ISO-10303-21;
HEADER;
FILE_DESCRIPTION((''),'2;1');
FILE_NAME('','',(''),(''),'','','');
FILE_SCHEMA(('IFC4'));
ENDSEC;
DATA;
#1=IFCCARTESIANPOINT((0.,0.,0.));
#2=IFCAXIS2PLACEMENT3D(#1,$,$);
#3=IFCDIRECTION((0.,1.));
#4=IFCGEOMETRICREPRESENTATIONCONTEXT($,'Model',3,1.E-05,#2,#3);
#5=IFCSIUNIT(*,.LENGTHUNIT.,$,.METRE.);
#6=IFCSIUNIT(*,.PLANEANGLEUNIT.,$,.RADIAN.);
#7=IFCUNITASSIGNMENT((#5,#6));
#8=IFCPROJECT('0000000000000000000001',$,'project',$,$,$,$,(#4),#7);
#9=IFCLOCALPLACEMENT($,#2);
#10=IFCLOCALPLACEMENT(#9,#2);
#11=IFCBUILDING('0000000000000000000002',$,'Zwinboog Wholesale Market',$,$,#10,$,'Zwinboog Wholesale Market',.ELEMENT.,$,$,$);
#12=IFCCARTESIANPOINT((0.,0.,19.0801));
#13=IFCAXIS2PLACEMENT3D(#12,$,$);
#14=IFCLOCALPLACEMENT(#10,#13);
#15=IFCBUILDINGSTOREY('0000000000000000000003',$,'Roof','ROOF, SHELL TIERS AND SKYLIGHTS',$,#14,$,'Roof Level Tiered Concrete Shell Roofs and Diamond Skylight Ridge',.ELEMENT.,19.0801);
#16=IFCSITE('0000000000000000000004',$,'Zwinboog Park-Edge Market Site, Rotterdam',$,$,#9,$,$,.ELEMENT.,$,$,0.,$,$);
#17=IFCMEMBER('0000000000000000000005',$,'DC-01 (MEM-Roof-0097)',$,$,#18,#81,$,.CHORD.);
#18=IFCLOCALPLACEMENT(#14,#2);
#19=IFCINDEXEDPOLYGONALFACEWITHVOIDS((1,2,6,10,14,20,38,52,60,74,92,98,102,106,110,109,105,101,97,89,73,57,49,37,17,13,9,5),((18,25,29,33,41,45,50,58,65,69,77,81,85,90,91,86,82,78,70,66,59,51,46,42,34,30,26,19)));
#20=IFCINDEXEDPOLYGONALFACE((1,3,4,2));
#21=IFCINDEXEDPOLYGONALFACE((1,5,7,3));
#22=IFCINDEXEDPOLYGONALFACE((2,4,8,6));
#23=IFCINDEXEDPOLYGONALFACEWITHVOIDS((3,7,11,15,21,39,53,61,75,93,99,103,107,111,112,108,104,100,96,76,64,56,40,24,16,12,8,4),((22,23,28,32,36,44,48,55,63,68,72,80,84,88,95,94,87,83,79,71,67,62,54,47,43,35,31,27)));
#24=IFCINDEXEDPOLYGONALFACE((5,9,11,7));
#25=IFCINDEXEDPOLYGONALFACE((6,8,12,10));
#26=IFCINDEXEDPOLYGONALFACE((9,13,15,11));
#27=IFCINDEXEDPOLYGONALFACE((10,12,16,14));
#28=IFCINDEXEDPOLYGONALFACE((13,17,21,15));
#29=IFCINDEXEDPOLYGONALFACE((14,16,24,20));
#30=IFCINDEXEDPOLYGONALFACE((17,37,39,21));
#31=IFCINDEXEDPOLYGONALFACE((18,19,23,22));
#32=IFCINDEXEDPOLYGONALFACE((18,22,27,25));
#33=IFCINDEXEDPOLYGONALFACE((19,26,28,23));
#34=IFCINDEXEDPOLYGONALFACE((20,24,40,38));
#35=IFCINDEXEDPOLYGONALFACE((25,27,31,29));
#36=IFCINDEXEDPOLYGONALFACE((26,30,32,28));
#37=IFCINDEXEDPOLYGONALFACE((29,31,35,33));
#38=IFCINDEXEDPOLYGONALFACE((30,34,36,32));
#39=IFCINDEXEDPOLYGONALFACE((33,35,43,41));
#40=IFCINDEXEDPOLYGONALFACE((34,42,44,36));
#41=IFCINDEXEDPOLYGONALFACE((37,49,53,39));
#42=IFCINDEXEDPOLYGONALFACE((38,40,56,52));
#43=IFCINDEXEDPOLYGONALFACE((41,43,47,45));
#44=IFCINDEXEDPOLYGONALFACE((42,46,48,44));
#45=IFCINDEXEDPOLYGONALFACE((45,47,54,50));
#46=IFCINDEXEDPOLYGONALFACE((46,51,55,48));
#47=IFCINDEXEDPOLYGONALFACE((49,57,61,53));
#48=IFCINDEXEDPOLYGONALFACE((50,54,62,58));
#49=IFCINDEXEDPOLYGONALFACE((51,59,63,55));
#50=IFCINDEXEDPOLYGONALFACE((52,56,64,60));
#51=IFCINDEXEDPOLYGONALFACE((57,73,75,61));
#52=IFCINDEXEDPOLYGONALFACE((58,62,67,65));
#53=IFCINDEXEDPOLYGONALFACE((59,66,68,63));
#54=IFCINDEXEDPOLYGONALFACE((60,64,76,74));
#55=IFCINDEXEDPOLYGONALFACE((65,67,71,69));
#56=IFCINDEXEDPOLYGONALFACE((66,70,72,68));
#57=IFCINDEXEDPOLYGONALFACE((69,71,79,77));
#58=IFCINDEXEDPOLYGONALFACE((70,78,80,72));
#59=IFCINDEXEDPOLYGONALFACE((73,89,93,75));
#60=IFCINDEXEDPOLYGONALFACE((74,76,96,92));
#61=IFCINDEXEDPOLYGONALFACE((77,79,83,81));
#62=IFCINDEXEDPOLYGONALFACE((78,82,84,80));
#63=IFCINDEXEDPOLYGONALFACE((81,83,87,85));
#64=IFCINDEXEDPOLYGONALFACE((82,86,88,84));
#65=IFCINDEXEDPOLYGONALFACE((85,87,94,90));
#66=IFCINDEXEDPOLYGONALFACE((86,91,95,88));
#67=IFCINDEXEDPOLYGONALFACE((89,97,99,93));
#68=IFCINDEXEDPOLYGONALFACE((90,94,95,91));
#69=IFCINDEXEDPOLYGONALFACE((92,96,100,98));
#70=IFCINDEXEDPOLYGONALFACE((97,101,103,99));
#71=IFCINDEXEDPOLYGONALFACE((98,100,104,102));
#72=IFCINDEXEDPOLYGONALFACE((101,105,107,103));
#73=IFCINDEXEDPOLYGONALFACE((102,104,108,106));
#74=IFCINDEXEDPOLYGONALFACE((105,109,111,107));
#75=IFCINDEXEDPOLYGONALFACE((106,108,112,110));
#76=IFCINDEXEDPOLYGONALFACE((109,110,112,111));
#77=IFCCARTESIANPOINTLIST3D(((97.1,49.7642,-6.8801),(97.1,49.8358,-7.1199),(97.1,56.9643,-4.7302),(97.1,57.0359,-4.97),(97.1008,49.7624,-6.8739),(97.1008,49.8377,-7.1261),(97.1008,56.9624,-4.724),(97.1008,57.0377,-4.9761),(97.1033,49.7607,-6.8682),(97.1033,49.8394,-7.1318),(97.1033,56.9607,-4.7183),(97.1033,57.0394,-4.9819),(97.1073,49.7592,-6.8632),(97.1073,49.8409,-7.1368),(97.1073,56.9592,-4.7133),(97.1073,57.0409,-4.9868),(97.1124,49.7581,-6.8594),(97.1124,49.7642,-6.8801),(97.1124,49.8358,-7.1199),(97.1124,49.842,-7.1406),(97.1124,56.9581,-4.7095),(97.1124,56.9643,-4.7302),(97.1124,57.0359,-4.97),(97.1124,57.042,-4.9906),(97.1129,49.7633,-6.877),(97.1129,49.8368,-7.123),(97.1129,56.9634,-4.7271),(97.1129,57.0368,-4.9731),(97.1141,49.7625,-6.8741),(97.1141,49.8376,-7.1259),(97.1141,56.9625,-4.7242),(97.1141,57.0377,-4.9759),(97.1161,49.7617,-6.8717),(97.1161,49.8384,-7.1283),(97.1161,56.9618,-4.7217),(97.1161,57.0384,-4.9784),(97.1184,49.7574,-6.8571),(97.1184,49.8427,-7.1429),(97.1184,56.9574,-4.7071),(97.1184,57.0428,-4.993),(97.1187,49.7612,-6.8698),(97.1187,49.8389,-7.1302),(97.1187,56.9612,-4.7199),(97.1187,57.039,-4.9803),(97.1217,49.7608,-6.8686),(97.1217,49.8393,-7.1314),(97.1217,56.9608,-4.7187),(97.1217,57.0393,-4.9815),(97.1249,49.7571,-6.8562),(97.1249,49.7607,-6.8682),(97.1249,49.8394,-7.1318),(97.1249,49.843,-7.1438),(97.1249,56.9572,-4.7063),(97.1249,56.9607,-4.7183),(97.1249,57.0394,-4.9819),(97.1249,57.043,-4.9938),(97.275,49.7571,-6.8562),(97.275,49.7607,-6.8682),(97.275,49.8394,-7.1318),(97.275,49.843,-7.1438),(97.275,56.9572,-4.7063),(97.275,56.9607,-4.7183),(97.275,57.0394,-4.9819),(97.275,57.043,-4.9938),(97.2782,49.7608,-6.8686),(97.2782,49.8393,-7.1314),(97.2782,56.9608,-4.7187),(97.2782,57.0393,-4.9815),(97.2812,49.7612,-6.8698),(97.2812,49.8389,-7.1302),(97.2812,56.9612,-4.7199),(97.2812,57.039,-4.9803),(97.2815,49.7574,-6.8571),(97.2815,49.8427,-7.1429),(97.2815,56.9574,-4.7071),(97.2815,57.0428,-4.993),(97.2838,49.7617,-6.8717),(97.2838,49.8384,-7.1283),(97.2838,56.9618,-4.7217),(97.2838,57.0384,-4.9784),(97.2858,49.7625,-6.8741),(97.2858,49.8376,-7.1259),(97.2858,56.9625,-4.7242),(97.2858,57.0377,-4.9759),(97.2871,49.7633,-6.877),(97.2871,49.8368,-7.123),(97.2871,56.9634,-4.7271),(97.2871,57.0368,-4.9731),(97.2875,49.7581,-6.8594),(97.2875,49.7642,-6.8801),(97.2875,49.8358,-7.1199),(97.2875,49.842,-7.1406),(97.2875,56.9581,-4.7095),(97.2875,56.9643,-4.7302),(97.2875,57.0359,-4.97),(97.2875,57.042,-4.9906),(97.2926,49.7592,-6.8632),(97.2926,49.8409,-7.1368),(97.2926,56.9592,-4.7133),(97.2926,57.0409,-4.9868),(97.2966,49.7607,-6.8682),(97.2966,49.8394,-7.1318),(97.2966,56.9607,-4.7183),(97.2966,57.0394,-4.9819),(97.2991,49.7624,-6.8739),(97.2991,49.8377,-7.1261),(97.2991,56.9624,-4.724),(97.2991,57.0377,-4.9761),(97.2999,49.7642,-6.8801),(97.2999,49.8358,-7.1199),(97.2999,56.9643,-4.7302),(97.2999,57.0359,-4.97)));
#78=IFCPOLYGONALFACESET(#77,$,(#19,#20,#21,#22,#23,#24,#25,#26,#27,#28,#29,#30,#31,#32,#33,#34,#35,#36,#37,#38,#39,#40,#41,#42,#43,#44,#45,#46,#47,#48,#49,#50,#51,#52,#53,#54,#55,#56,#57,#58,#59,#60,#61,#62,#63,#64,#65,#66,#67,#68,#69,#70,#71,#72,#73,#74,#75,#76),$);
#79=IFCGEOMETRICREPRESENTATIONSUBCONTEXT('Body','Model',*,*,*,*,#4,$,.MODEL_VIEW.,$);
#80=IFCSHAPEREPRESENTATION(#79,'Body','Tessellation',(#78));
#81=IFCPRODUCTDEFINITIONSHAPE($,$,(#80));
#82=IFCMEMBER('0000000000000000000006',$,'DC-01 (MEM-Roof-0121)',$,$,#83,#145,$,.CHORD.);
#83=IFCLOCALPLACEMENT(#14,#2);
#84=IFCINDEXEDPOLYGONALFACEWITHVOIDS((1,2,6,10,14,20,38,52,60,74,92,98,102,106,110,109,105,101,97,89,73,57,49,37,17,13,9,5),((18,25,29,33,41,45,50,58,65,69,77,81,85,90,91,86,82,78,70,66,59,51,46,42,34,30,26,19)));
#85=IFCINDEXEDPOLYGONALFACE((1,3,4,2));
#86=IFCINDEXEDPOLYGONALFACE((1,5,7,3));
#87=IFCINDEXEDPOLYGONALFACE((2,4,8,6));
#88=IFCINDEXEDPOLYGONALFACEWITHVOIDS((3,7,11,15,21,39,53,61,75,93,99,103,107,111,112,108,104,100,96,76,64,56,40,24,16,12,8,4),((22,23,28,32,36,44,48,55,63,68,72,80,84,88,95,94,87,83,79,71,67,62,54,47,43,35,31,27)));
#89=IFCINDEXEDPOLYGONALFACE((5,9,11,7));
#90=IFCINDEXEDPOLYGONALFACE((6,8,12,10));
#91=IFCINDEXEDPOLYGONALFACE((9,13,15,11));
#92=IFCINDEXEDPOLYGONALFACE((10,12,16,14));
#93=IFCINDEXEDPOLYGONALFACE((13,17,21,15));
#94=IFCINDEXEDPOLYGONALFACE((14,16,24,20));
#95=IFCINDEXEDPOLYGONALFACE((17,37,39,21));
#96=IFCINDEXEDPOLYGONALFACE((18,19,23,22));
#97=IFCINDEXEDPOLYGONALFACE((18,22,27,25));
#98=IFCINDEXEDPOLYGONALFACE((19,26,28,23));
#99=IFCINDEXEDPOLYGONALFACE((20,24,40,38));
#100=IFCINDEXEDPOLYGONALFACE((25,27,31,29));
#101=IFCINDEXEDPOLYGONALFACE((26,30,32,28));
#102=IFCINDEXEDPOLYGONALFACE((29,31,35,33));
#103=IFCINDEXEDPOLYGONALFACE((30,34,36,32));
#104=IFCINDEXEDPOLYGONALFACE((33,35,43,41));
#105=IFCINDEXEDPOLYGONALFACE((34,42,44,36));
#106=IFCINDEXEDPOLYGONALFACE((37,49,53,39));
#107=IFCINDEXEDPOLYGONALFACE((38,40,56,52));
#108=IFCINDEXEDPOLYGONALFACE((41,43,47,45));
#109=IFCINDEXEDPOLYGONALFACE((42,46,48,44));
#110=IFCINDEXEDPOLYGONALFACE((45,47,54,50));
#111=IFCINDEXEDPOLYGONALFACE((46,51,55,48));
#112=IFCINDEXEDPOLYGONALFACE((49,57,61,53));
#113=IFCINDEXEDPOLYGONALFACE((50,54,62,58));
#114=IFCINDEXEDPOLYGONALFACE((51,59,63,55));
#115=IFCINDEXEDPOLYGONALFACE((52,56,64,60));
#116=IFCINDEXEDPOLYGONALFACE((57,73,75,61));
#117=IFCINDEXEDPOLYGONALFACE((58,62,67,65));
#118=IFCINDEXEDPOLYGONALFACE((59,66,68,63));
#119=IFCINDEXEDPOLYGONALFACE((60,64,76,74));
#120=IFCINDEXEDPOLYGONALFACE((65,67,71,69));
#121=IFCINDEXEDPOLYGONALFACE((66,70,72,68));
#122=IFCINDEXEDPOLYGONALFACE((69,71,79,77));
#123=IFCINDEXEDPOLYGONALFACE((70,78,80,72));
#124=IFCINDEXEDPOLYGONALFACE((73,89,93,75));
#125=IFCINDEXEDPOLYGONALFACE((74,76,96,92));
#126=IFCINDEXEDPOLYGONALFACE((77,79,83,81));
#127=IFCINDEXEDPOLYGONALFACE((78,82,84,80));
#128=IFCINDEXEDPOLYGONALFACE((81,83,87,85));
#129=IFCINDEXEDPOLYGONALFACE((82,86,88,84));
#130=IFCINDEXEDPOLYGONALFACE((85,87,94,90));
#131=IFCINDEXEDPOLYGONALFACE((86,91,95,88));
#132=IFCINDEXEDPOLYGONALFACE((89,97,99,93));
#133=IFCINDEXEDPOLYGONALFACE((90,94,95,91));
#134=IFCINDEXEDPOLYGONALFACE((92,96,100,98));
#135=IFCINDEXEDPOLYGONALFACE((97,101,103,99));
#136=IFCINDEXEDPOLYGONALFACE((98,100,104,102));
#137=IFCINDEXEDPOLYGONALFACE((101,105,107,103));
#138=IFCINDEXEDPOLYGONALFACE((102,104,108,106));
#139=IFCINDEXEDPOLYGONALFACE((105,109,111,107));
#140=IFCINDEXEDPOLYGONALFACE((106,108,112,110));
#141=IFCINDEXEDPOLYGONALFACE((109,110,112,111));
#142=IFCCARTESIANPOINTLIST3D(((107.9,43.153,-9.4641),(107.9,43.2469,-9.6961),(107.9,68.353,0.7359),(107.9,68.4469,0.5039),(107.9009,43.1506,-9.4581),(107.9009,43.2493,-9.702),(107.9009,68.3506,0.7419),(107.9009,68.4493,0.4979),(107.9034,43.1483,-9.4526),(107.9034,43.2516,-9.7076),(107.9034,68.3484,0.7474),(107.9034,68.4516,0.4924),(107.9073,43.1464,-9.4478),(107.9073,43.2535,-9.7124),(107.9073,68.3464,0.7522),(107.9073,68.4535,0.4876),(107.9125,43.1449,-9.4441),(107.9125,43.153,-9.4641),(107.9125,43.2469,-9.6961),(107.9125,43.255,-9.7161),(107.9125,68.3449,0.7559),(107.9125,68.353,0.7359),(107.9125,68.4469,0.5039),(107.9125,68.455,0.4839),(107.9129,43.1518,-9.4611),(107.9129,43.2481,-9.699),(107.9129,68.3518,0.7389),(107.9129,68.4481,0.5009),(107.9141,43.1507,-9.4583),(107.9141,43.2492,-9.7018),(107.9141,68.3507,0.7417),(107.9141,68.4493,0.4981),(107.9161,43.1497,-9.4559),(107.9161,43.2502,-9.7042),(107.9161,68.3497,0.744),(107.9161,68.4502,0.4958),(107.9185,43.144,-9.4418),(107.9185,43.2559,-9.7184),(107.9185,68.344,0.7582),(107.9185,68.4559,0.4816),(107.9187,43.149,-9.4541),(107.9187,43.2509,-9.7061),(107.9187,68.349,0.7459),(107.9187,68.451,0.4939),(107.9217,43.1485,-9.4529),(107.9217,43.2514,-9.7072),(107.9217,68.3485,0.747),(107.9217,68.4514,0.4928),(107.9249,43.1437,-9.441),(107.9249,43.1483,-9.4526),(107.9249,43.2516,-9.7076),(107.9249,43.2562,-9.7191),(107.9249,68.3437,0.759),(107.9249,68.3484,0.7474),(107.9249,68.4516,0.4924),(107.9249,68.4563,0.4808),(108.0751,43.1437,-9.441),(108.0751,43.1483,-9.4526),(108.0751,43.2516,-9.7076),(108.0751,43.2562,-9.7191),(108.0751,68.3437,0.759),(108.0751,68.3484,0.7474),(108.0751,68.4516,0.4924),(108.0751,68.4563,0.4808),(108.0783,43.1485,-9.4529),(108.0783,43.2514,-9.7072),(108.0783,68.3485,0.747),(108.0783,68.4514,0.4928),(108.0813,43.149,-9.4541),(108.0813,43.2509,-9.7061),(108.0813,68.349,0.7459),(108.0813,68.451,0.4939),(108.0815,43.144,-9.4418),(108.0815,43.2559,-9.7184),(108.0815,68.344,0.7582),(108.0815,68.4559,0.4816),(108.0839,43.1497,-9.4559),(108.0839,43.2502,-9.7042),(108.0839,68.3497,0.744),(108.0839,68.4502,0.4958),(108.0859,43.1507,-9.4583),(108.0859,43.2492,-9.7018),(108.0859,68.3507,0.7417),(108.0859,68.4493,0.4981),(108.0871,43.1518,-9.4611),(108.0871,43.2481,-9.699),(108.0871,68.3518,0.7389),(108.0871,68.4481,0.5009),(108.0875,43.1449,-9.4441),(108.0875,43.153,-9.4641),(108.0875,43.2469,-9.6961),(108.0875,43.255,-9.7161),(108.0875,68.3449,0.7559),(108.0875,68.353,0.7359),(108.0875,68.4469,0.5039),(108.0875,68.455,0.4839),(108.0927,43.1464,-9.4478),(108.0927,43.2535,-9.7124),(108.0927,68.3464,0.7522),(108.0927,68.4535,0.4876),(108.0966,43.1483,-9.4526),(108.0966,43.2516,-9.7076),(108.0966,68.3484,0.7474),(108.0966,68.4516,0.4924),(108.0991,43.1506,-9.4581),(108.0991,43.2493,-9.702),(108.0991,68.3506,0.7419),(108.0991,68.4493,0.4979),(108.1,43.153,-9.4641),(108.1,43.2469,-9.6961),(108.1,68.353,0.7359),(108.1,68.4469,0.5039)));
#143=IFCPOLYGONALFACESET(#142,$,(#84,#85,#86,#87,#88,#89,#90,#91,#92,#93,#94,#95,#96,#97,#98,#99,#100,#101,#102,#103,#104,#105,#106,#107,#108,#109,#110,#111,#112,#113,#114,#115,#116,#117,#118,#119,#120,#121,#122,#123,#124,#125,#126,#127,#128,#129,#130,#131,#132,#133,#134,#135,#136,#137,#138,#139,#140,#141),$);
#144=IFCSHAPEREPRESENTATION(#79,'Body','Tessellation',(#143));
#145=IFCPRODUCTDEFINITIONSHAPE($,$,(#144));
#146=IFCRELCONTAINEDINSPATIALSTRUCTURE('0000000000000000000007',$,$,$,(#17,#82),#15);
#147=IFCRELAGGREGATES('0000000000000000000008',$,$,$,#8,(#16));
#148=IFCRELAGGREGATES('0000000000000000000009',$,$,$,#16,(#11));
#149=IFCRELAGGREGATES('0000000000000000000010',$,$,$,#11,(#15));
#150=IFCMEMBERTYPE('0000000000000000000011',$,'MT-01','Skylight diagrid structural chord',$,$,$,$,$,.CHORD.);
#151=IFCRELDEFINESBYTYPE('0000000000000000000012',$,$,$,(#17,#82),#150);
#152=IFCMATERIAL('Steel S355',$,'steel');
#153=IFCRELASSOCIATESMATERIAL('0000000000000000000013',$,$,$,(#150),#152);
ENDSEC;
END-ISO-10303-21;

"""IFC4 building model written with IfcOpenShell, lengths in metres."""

from ifc_helpers import new_model, si_unit, direction, frame, origin, origin_2d, place, context, subcontext, project, spatial, hollow_rectangle, extrude, material, material_profile, profile_set, type_object, element, save


model = new_model("IFC4")

# Units and contexts
model_context = context("Model", 3, precision=1e-05, world=origin(), true_north=direction((0.0, 1.0)))
body_context = subcontext(model_context, "Body", "Model", "MODEL_VIEW")
ifc_project = project(units=[si_unit("LENGTHUNIT", "METRE"), si_unit("PLANEANGLEUNIT", "RADIAN")], contexts=[model_context])

# Site, building, storey
site_placement = place(None, origin())
site = spatial("IfcSite", under=ifc_project, at=site_placement, Name="Zwinboog Park-Edge Market Site, Rotterdam", CompositionType="ELEMENT", RefElevation=0.0)
building_placement = place(site_placement, origin())
building = spatial("IfcBuilding", under=site, at=building_placement, Name="Zwinboog Wholesale Market", LongName="Zwinboog Wholesale Market", CompositionType="ELEMENT")
storey_placement = place(building_placement, frame((0.0, 0.0, 19.0801)))
storey = spatial("IfcBuildingStorey", under=building, at=storey_placement, Name="Roof", Description="ROOF, SHELL TIERS AND SKYLIGHTS", LongName="Roof Level Tiered Concrete Shell Roofs and Diamond Skylight Ridge", CompositionType="ELEMENT", Elevation=19.0801)

# Members
ifc_material_1 = material(Name="Steel S355", Category="steel")
ifc_material_profile_1 = material_profile(ifc_material_1, hollow_rectangle(XDim=0.2, YDim=0.3, WallThickness=0.0125, InnerFilletRadius=0.0125, OuterFilletRadius=0.0249, at=origin_2d()), Name="RHS 300x200x12.5")
ifc_profile_set_1 = profile_set([ifc_material_profile_1], Name="Steel S355")
member_type_1 = type_object("IfcMemberType", Name="MT-01", Description="Skylight diagrid structural chord", PredefinedType="CHORD", material=ifc_profile_set_1)
for number, where, z_axis, x_axis, name in (
    (1, (97.2, 49.8, -7.0), (0.0, 0.958195, 0.286117), (-1.0, 0.0, 0.0), "DC-01 (MEM-Roof-0097)"),
):
    element("IfcMember", number, at=place(storey_placement, frame(where, z_axis=z_axis, x_axis=x_axis)), inside=storey, type_object=member_type_1, Name=name, PredefinedType="CHORD", context=body_context, shape_type="SweptSolid", body=[
        extrude(hollow_rectangle(XDim=0.2, YDim=0.3, WallThickness=0.0125, InnerFilletRadius=0.0125, OuterFilletRadius=0.0249, at=origin_2d()), origin(), (0.0, 0.0, 1.0), 7.5142),
    ])
member_1_placement = place(storey_placement, frame((108.0, 43.2, -9.5801), z_axis=(0.0, 0.926947, 0.375192), x_axis=(-1.0, 0.0, 0.0)))
element("IfcMember", 2, at=member_1_placement, inside=storey, type_object=member_type_1, Name="DC-01 (MEM-Roof-0121)", PredefinedType="CHORD", context=body_context, shape_type="SweptSolid", body=[
    extrude(hollow_rectangle(XDim=0.2, YDim=0.3, WallThickness=0.0125, InnerFilletRadius=0.0125, OuterFilletRadius=0.0249, at=origin_2d()), origin(), (0.0, 0.0, 1.0), 27.186),
])

save(model, "model.ifc")
